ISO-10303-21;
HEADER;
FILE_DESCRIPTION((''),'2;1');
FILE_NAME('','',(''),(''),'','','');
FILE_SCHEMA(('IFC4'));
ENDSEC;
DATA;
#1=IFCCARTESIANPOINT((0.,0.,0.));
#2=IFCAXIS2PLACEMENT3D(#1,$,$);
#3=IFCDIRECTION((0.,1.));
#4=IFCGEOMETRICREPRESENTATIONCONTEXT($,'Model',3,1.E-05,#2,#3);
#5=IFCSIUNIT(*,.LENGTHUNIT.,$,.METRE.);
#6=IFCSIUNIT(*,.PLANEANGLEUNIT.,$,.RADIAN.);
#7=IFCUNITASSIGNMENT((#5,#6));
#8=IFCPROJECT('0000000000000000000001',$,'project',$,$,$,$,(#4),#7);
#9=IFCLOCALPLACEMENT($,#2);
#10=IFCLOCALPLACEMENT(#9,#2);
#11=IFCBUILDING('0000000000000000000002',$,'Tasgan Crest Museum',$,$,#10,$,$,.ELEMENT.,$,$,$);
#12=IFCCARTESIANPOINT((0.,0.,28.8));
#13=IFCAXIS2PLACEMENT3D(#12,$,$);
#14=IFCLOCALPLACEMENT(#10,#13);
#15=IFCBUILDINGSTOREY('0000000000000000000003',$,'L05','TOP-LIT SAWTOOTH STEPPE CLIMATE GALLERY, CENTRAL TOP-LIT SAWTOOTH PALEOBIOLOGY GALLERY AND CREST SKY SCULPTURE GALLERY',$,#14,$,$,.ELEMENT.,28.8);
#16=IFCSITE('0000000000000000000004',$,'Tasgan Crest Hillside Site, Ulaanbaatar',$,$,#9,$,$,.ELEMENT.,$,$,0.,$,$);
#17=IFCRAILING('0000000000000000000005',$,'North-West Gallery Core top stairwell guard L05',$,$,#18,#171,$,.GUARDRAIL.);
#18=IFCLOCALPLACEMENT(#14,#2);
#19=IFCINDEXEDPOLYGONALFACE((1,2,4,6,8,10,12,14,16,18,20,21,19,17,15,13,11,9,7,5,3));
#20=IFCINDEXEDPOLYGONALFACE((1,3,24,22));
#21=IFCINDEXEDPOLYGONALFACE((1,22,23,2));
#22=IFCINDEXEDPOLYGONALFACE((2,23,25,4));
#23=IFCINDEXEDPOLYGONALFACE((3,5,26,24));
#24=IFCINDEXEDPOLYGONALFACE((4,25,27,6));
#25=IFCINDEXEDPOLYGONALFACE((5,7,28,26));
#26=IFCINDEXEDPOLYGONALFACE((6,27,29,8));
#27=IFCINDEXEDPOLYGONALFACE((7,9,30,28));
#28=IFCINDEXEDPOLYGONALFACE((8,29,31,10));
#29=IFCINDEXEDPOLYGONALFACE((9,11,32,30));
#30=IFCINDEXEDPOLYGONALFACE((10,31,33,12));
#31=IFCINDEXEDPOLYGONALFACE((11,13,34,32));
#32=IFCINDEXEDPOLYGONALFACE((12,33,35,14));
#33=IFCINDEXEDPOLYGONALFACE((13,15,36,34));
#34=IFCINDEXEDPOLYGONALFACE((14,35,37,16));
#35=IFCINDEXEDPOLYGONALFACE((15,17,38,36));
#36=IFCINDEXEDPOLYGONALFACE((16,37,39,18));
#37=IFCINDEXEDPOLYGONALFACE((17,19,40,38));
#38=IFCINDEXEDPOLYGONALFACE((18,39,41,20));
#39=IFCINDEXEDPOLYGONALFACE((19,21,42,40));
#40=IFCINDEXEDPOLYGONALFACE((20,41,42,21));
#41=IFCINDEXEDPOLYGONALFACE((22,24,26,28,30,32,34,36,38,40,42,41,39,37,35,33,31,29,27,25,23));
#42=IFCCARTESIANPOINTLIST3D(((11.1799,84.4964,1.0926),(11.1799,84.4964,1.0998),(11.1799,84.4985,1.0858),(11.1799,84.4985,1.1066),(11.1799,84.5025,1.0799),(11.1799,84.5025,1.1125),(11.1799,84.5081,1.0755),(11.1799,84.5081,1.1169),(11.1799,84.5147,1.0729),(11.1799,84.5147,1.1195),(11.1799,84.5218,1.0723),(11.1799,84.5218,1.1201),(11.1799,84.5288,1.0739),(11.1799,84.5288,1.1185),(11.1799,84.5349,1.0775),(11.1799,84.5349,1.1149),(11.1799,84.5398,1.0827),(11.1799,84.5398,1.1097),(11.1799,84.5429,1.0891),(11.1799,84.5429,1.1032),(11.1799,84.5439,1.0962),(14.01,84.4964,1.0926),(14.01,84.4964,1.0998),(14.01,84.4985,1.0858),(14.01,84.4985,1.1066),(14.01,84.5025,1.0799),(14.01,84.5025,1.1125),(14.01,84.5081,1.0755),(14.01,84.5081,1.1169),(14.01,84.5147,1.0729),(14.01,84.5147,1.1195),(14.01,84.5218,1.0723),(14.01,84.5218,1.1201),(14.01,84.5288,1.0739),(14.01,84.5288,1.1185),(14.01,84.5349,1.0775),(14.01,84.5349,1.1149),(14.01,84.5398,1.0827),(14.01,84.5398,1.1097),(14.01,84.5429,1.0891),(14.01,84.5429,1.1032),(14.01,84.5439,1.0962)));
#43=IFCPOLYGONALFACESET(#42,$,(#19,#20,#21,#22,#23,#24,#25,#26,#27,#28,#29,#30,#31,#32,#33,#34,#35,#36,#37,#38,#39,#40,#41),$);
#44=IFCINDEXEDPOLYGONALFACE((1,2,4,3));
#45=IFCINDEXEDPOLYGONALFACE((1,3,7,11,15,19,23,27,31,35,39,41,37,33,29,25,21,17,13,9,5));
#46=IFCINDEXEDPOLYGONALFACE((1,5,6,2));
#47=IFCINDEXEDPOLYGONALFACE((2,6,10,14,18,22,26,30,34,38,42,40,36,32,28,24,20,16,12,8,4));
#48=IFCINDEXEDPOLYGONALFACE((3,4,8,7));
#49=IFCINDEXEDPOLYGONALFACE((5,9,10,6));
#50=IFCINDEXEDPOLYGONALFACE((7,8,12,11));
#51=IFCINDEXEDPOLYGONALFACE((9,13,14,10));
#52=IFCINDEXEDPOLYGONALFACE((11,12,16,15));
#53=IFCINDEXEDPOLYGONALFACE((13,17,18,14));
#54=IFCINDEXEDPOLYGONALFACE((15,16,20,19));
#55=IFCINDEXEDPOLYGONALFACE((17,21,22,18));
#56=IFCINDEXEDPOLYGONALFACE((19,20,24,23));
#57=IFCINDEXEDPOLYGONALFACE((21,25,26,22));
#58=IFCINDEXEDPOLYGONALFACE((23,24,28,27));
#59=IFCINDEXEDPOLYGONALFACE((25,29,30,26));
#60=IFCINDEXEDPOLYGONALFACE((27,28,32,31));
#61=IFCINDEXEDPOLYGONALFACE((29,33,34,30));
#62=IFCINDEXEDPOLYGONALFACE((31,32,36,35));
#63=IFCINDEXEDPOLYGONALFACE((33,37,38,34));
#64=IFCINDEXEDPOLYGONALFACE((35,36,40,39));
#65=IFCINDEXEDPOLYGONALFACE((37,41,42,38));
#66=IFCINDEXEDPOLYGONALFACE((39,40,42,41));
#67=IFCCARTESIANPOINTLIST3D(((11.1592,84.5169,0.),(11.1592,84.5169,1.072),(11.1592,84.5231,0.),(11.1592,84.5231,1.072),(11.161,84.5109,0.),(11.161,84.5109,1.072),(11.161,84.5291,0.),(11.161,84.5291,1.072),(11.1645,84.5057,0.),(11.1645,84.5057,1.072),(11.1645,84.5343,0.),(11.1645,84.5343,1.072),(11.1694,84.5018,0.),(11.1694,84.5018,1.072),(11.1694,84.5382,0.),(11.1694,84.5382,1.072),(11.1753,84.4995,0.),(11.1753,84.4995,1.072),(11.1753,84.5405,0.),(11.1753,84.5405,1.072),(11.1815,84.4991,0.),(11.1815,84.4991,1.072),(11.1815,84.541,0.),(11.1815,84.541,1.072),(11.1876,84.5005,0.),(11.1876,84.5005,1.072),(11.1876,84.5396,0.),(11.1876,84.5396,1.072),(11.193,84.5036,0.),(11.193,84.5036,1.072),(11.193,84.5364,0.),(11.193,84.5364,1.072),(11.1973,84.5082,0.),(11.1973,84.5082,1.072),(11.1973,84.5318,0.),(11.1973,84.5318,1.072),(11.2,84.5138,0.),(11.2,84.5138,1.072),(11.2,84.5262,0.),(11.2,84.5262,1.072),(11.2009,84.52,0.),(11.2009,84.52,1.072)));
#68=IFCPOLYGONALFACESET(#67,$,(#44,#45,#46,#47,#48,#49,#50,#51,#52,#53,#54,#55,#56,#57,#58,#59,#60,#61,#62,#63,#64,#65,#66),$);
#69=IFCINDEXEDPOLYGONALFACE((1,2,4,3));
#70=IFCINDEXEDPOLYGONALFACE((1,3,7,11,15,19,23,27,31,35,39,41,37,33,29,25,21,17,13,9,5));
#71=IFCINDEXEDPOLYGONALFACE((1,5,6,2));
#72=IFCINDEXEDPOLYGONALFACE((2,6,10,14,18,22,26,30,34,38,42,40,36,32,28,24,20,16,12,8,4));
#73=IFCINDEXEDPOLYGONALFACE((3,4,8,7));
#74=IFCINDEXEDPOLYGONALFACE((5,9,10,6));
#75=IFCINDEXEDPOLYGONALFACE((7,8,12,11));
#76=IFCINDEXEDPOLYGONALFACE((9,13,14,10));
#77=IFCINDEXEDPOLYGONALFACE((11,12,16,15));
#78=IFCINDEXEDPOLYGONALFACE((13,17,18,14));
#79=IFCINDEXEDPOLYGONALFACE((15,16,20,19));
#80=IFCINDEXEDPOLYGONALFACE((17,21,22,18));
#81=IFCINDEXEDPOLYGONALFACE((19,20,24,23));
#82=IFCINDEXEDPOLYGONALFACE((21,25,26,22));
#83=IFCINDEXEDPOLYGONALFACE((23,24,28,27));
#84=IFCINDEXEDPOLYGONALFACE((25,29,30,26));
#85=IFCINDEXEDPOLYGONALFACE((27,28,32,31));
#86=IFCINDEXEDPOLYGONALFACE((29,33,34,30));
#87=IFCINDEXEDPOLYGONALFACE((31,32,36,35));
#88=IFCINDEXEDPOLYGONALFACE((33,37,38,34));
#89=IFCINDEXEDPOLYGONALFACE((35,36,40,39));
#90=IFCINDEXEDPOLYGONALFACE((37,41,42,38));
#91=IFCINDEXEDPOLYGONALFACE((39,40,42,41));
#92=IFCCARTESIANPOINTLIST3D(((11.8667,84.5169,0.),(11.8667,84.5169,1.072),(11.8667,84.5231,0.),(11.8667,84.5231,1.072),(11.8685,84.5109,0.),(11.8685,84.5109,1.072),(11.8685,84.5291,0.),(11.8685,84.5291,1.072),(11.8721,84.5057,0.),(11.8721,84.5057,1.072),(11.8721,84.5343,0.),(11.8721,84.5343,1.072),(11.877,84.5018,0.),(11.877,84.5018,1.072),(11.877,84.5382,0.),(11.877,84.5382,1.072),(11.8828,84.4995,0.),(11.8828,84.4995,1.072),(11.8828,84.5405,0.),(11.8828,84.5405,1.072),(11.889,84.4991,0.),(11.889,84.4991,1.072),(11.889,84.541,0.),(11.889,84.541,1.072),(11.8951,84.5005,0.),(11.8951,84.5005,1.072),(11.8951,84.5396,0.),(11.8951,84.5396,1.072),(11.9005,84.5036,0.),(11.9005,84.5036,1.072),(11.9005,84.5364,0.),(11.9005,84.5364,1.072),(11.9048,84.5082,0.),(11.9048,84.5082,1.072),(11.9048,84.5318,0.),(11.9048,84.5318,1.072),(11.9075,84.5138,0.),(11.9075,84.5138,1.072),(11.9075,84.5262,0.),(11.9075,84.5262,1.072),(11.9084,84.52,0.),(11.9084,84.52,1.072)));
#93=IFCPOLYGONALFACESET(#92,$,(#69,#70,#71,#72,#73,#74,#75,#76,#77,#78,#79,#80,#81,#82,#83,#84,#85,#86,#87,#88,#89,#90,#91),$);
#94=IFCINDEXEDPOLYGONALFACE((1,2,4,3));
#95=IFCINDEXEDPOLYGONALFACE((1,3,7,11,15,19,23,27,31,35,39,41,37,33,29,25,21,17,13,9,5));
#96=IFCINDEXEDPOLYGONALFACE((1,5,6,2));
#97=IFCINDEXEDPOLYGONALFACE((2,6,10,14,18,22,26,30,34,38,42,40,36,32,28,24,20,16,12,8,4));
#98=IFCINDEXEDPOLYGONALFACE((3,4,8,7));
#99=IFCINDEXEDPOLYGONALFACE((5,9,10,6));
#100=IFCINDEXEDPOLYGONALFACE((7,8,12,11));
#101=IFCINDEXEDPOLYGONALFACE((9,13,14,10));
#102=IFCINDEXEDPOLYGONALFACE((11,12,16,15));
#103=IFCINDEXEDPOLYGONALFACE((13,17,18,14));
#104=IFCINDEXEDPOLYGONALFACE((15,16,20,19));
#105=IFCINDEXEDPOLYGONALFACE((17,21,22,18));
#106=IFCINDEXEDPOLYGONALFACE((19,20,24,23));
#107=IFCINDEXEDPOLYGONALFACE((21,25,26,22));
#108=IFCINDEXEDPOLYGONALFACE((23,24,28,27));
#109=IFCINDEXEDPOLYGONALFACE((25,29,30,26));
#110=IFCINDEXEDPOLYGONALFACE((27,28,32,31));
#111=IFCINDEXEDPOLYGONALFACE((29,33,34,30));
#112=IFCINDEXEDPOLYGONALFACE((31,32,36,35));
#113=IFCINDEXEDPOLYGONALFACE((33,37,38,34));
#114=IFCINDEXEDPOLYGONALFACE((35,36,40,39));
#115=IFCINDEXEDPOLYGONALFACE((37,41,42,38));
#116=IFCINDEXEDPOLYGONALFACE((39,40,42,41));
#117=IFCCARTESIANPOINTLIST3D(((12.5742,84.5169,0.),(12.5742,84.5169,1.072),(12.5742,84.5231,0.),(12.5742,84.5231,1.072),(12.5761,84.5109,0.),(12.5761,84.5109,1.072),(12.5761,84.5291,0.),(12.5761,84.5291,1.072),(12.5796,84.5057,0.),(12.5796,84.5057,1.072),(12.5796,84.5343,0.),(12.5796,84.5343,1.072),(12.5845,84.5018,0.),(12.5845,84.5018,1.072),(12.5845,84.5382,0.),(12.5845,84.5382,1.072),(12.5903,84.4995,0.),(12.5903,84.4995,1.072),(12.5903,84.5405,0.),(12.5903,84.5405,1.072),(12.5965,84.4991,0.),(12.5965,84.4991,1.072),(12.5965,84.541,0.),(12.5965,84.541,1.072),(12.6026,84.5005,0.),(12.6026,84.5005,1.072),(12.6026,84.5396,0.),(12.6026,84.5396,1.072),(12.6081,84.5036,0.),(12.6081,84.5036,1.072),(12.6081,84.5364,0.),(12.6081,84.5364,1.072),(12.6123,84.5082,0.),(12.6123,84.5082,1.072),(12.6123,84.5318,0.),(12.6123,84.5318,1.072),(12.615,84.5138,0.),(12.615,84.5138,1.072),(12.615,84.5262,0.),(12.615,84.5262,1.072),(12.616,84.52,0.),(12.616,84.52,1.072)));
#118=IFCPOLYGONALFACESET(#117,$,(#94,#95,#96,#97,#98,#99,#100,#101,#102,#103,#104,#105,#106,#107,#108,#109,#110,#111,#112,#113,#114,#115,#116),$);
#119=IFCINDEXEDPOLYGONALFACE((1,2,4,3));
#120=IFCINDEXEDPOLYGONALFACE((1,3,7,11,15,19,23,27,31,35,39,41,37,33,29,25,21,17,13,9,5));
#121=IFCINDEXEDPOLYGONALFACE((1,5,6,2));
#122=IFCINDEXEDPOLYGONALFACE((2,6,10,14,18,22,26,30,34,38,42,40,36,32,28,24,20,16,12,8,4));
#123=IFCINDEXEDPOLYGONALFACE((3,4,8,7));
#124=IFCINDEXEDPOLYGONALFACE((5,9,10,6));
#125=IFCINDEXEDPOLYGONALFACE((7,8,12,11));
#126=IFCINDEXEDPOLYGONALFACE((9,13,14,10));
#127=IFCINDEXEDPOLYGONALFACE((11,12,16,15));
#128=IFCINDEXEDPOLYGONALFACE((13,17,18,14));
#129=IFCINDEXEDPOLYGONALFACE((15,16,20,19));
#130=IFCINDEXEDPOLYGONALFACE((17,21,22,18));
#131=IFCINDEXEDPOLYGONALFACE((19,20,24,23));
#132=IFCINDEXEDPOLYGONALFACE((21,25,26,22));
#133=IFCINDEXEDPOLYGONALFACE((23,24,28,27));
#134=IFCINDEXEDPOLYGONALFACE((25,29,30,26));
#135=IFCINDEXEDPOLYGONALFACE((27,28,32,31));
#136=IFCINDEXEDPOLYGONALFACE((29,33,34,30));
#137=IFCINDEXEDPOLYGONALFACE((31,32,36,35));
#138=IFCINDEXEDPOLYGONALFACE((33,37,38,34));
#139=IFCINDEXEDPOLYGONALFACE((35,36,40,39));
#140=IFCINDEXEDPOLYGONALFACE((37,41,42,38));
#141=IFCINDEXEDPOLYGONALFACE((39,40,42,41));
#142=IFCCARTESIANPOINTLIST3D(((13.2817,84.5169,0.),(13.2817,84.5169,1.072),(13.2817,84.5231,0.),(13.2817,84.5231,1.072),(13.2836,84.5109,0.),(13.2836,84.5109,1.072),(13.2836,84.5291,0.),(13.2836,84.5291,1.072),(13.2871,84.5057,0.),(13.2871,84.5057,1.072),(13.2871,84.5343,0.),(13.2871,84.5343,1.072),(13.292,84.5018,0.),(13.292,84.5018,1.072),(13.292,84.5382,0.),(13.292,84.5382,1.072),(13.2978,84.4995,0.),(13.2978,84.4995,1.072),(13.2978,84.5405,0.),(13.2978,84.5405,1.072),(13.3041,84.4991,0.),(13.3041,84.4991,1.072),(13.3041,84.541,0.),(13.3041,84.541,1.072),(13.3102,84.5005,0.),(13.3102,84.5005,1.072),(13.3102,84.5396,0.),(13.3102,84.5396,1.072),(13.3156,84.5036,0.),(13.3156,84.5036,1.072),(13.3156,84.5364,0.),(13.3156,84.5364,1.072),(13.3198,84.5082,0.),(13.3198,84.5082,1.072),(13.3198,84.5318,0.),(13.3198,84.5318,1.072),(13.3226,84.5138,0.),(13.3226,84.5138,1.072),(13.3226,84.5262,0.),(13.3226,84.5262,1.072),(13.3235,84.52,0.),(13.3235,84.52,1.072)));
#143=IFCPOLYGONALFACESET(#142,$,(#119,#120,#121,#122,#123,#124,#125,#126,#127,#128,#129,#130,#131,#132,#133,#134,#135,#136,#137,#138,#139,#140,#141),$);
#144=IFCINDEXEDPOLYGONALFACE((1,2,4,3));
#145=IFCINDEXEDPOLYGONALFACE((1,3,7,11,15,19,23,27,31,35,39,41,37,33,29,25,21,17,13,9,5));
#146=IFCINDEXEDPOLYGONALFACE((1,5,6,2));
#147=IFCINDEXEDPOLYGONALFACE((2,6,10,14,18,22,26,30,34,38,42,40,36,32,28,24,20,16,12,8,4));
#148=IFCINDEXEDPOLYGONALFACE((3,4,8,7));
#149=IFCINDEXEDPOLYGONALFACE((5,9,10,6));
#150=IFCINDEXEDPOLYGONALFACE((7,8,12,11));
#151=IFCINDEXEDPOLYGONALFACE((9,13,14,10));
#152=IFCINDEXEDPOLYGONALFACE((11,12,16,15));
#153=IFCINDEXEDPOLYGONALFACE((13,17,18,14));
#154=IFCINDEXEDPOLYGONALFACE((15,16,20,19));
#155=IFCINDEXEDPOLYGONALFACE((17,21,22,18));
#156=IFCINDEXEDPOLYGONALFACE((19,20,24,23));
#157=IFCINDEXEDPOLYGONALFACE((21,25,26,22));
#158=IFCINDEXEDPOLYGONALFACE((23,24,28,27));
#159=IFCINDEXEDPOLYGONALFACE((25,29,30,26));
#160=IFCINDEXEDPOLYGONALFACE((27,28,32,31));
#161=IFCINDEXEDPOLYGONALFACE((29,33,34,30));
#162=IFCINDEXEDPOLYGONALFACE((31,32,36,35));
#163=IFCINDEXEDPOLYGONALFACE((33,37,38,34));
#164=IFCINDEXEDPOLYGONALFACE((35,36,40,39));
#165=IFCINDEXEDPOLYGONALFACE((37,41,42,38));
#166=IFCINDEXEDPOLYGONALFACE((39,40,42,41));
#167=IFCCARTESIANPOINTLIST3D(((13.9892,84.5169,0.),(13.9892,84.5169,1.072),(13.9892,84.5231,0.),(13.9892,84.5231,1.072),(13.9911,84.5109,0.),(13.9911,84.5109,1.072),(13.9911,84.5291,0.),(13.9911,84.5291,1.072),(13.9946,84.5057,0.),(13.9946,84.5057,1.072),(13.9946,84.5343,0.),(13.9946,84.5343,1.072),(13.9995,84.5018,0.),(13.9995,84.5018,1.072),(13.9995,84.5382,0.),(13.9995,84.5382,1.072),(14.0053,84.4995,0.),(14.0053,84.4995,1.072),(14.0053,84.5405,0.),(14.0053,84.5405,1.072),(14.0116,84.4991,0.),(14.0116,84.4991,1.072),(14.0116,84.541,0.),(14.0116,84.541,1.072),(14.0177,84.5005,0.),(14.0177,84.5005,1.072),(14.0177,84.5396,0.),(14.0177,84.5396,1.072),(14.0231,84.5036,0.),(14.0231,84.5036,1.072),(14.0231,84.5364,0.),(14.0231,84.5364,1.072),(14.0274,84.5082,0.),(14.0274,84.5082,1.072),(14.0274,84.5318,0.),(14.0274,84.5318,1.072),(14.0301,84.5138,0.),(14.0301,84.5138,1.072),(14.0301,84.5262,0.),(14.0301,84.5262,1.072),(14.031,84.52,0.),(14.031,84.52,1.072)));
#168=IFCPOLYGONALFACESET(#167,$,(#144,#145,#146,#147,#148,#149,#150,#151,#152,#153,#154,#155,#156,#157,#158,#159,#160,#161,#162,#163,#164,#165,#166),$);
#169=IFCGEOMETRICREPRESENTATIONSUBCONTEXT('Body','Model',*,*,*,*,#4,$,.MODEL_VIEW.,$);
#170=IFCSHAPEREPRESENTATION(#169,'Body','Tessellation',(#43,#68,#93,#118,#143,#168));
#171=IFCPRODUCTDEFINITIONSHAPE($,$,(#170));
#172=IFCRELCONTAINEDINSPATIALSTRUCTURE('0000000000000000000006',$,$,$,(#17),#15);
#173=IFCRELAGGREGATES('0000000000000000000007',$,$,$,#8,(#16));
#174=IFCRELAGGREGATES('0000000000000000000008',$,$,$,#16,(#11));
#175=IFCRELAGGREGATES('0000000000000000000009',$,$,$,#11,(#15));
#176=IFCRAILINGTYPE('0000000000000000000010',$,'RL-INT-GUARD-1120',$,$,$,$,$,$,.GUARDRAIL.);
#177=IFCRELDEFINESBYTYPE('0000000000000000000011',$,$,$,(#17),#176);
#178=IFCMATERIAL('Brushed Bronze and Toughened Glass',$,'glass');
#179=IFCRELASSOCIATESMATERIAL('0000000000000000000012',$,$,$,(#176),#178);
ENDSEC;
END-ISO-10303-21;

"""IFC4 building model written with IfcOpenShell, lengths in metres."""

from ifc_helpers import new_model, si_unit, direction, frame, origin, origin_2d, place, context, subcontext, project, spatial, circle, extrude, material, type_object, element, save


model = new_model("IFC4")

# Units and contexts
model_context = context("Model", 3, precision=1e-05, world=origin(), true_north=direction((0.0, 1.0)))
body_context = subcontext(model_context, "Body", "Model", "MODEL_VIEW")
ifc_project = project(units=[si_unit("LENGTHUNIT", "METRE"), si_unit("PLANEANGLEUNIT", "RADIAN")], contexts=[model_context])

# Site, building, storey
site_placement = place(None, origin())
site = spatial("IfcSite", under=ifc_project, at=site_placement, Name="Tasgan Crest Hillside Site, Ulaanbaatar", CompositionType="ELEMENT", RefElevation=0.0)
building_placement = place(site_placement, origin())
building = spatial("IfcBuilding", under=site, at=building_placement, Name="Tasgan Crest Museum", CompositionType="ELEMENT")
storey_placement = place(building_placement, frame((0.0, 0.0, 28.8)))
storey = spatial("IfcBuildingStorey", under=building, at=storey_placement, Name="L05", Description="TOP-LIT SAWTOOTH STEPPE CLIMATE GALLERY, CENTRAL TOP-LIT SAWTOOTH PALEOBIOLOGY GALLERY AND CREST SKY SCULPTURE GALLERY", CompositionType="ELEMENT", Elevation=28.8)

# Railing
ifc_material_1 = material(Name="Brushed Bronze and Toughened Glass", Category="glass")
railing_type = type_object("IfcRailingType", Name="RL-INT-GUARD-1120", PredefinedType="GUARDRAIL", material=ifc_material_1)
railing_placement = place(storey_placement, frame((11.1799, 84.52, 0.0)))
element("IfcRailing", 1, at=railing_placement, inside=storey, type_object=railing_type, Name="North-West Gallery Core top stairwell guard L05", PredefinedType="GUARDRAIL", context=body_context, shape_type="SweptSolid", body=[
    extrude(circle(Radius=0.0239, at=origin_2d()), frame((0.0, 0.0, 1.0962), z_axis=(1.0, 0.0, 0.0), x_axis=(0.0, 1.0, 0.0)), (0.0, 0.0, 1.0), 2.8301),
    extrude(circle(Radius=0.021, at=origin_2d()), origin(), (0.0, 0.0, 1.0), 1.072),
    extrude(circle(Radius=0.021, at=origin_2d()), frame((0.7075, 0.0, 0.0)), (0.0, 0.0, 1.0), 1.072),
    extrude(circle(Radius=0.021, at=origin_2d()), frame((1.415, 0.0, 0.0)), (0.0, 0.0, 1.0), 1.072),
    extrude(circle(Radius=0.021, at=origin_2d()), frame((2.1226, 0.0, 0.0)), (0.0, 0.0, 1.0), 1.072),
    extrude(circle(Radius=0.021, at=origin_2d()), frame((2.8301, 0.0, 0.0)), (0.0, 0.0, 1.0), 1.072),
])

save(model, "model.ifc")
